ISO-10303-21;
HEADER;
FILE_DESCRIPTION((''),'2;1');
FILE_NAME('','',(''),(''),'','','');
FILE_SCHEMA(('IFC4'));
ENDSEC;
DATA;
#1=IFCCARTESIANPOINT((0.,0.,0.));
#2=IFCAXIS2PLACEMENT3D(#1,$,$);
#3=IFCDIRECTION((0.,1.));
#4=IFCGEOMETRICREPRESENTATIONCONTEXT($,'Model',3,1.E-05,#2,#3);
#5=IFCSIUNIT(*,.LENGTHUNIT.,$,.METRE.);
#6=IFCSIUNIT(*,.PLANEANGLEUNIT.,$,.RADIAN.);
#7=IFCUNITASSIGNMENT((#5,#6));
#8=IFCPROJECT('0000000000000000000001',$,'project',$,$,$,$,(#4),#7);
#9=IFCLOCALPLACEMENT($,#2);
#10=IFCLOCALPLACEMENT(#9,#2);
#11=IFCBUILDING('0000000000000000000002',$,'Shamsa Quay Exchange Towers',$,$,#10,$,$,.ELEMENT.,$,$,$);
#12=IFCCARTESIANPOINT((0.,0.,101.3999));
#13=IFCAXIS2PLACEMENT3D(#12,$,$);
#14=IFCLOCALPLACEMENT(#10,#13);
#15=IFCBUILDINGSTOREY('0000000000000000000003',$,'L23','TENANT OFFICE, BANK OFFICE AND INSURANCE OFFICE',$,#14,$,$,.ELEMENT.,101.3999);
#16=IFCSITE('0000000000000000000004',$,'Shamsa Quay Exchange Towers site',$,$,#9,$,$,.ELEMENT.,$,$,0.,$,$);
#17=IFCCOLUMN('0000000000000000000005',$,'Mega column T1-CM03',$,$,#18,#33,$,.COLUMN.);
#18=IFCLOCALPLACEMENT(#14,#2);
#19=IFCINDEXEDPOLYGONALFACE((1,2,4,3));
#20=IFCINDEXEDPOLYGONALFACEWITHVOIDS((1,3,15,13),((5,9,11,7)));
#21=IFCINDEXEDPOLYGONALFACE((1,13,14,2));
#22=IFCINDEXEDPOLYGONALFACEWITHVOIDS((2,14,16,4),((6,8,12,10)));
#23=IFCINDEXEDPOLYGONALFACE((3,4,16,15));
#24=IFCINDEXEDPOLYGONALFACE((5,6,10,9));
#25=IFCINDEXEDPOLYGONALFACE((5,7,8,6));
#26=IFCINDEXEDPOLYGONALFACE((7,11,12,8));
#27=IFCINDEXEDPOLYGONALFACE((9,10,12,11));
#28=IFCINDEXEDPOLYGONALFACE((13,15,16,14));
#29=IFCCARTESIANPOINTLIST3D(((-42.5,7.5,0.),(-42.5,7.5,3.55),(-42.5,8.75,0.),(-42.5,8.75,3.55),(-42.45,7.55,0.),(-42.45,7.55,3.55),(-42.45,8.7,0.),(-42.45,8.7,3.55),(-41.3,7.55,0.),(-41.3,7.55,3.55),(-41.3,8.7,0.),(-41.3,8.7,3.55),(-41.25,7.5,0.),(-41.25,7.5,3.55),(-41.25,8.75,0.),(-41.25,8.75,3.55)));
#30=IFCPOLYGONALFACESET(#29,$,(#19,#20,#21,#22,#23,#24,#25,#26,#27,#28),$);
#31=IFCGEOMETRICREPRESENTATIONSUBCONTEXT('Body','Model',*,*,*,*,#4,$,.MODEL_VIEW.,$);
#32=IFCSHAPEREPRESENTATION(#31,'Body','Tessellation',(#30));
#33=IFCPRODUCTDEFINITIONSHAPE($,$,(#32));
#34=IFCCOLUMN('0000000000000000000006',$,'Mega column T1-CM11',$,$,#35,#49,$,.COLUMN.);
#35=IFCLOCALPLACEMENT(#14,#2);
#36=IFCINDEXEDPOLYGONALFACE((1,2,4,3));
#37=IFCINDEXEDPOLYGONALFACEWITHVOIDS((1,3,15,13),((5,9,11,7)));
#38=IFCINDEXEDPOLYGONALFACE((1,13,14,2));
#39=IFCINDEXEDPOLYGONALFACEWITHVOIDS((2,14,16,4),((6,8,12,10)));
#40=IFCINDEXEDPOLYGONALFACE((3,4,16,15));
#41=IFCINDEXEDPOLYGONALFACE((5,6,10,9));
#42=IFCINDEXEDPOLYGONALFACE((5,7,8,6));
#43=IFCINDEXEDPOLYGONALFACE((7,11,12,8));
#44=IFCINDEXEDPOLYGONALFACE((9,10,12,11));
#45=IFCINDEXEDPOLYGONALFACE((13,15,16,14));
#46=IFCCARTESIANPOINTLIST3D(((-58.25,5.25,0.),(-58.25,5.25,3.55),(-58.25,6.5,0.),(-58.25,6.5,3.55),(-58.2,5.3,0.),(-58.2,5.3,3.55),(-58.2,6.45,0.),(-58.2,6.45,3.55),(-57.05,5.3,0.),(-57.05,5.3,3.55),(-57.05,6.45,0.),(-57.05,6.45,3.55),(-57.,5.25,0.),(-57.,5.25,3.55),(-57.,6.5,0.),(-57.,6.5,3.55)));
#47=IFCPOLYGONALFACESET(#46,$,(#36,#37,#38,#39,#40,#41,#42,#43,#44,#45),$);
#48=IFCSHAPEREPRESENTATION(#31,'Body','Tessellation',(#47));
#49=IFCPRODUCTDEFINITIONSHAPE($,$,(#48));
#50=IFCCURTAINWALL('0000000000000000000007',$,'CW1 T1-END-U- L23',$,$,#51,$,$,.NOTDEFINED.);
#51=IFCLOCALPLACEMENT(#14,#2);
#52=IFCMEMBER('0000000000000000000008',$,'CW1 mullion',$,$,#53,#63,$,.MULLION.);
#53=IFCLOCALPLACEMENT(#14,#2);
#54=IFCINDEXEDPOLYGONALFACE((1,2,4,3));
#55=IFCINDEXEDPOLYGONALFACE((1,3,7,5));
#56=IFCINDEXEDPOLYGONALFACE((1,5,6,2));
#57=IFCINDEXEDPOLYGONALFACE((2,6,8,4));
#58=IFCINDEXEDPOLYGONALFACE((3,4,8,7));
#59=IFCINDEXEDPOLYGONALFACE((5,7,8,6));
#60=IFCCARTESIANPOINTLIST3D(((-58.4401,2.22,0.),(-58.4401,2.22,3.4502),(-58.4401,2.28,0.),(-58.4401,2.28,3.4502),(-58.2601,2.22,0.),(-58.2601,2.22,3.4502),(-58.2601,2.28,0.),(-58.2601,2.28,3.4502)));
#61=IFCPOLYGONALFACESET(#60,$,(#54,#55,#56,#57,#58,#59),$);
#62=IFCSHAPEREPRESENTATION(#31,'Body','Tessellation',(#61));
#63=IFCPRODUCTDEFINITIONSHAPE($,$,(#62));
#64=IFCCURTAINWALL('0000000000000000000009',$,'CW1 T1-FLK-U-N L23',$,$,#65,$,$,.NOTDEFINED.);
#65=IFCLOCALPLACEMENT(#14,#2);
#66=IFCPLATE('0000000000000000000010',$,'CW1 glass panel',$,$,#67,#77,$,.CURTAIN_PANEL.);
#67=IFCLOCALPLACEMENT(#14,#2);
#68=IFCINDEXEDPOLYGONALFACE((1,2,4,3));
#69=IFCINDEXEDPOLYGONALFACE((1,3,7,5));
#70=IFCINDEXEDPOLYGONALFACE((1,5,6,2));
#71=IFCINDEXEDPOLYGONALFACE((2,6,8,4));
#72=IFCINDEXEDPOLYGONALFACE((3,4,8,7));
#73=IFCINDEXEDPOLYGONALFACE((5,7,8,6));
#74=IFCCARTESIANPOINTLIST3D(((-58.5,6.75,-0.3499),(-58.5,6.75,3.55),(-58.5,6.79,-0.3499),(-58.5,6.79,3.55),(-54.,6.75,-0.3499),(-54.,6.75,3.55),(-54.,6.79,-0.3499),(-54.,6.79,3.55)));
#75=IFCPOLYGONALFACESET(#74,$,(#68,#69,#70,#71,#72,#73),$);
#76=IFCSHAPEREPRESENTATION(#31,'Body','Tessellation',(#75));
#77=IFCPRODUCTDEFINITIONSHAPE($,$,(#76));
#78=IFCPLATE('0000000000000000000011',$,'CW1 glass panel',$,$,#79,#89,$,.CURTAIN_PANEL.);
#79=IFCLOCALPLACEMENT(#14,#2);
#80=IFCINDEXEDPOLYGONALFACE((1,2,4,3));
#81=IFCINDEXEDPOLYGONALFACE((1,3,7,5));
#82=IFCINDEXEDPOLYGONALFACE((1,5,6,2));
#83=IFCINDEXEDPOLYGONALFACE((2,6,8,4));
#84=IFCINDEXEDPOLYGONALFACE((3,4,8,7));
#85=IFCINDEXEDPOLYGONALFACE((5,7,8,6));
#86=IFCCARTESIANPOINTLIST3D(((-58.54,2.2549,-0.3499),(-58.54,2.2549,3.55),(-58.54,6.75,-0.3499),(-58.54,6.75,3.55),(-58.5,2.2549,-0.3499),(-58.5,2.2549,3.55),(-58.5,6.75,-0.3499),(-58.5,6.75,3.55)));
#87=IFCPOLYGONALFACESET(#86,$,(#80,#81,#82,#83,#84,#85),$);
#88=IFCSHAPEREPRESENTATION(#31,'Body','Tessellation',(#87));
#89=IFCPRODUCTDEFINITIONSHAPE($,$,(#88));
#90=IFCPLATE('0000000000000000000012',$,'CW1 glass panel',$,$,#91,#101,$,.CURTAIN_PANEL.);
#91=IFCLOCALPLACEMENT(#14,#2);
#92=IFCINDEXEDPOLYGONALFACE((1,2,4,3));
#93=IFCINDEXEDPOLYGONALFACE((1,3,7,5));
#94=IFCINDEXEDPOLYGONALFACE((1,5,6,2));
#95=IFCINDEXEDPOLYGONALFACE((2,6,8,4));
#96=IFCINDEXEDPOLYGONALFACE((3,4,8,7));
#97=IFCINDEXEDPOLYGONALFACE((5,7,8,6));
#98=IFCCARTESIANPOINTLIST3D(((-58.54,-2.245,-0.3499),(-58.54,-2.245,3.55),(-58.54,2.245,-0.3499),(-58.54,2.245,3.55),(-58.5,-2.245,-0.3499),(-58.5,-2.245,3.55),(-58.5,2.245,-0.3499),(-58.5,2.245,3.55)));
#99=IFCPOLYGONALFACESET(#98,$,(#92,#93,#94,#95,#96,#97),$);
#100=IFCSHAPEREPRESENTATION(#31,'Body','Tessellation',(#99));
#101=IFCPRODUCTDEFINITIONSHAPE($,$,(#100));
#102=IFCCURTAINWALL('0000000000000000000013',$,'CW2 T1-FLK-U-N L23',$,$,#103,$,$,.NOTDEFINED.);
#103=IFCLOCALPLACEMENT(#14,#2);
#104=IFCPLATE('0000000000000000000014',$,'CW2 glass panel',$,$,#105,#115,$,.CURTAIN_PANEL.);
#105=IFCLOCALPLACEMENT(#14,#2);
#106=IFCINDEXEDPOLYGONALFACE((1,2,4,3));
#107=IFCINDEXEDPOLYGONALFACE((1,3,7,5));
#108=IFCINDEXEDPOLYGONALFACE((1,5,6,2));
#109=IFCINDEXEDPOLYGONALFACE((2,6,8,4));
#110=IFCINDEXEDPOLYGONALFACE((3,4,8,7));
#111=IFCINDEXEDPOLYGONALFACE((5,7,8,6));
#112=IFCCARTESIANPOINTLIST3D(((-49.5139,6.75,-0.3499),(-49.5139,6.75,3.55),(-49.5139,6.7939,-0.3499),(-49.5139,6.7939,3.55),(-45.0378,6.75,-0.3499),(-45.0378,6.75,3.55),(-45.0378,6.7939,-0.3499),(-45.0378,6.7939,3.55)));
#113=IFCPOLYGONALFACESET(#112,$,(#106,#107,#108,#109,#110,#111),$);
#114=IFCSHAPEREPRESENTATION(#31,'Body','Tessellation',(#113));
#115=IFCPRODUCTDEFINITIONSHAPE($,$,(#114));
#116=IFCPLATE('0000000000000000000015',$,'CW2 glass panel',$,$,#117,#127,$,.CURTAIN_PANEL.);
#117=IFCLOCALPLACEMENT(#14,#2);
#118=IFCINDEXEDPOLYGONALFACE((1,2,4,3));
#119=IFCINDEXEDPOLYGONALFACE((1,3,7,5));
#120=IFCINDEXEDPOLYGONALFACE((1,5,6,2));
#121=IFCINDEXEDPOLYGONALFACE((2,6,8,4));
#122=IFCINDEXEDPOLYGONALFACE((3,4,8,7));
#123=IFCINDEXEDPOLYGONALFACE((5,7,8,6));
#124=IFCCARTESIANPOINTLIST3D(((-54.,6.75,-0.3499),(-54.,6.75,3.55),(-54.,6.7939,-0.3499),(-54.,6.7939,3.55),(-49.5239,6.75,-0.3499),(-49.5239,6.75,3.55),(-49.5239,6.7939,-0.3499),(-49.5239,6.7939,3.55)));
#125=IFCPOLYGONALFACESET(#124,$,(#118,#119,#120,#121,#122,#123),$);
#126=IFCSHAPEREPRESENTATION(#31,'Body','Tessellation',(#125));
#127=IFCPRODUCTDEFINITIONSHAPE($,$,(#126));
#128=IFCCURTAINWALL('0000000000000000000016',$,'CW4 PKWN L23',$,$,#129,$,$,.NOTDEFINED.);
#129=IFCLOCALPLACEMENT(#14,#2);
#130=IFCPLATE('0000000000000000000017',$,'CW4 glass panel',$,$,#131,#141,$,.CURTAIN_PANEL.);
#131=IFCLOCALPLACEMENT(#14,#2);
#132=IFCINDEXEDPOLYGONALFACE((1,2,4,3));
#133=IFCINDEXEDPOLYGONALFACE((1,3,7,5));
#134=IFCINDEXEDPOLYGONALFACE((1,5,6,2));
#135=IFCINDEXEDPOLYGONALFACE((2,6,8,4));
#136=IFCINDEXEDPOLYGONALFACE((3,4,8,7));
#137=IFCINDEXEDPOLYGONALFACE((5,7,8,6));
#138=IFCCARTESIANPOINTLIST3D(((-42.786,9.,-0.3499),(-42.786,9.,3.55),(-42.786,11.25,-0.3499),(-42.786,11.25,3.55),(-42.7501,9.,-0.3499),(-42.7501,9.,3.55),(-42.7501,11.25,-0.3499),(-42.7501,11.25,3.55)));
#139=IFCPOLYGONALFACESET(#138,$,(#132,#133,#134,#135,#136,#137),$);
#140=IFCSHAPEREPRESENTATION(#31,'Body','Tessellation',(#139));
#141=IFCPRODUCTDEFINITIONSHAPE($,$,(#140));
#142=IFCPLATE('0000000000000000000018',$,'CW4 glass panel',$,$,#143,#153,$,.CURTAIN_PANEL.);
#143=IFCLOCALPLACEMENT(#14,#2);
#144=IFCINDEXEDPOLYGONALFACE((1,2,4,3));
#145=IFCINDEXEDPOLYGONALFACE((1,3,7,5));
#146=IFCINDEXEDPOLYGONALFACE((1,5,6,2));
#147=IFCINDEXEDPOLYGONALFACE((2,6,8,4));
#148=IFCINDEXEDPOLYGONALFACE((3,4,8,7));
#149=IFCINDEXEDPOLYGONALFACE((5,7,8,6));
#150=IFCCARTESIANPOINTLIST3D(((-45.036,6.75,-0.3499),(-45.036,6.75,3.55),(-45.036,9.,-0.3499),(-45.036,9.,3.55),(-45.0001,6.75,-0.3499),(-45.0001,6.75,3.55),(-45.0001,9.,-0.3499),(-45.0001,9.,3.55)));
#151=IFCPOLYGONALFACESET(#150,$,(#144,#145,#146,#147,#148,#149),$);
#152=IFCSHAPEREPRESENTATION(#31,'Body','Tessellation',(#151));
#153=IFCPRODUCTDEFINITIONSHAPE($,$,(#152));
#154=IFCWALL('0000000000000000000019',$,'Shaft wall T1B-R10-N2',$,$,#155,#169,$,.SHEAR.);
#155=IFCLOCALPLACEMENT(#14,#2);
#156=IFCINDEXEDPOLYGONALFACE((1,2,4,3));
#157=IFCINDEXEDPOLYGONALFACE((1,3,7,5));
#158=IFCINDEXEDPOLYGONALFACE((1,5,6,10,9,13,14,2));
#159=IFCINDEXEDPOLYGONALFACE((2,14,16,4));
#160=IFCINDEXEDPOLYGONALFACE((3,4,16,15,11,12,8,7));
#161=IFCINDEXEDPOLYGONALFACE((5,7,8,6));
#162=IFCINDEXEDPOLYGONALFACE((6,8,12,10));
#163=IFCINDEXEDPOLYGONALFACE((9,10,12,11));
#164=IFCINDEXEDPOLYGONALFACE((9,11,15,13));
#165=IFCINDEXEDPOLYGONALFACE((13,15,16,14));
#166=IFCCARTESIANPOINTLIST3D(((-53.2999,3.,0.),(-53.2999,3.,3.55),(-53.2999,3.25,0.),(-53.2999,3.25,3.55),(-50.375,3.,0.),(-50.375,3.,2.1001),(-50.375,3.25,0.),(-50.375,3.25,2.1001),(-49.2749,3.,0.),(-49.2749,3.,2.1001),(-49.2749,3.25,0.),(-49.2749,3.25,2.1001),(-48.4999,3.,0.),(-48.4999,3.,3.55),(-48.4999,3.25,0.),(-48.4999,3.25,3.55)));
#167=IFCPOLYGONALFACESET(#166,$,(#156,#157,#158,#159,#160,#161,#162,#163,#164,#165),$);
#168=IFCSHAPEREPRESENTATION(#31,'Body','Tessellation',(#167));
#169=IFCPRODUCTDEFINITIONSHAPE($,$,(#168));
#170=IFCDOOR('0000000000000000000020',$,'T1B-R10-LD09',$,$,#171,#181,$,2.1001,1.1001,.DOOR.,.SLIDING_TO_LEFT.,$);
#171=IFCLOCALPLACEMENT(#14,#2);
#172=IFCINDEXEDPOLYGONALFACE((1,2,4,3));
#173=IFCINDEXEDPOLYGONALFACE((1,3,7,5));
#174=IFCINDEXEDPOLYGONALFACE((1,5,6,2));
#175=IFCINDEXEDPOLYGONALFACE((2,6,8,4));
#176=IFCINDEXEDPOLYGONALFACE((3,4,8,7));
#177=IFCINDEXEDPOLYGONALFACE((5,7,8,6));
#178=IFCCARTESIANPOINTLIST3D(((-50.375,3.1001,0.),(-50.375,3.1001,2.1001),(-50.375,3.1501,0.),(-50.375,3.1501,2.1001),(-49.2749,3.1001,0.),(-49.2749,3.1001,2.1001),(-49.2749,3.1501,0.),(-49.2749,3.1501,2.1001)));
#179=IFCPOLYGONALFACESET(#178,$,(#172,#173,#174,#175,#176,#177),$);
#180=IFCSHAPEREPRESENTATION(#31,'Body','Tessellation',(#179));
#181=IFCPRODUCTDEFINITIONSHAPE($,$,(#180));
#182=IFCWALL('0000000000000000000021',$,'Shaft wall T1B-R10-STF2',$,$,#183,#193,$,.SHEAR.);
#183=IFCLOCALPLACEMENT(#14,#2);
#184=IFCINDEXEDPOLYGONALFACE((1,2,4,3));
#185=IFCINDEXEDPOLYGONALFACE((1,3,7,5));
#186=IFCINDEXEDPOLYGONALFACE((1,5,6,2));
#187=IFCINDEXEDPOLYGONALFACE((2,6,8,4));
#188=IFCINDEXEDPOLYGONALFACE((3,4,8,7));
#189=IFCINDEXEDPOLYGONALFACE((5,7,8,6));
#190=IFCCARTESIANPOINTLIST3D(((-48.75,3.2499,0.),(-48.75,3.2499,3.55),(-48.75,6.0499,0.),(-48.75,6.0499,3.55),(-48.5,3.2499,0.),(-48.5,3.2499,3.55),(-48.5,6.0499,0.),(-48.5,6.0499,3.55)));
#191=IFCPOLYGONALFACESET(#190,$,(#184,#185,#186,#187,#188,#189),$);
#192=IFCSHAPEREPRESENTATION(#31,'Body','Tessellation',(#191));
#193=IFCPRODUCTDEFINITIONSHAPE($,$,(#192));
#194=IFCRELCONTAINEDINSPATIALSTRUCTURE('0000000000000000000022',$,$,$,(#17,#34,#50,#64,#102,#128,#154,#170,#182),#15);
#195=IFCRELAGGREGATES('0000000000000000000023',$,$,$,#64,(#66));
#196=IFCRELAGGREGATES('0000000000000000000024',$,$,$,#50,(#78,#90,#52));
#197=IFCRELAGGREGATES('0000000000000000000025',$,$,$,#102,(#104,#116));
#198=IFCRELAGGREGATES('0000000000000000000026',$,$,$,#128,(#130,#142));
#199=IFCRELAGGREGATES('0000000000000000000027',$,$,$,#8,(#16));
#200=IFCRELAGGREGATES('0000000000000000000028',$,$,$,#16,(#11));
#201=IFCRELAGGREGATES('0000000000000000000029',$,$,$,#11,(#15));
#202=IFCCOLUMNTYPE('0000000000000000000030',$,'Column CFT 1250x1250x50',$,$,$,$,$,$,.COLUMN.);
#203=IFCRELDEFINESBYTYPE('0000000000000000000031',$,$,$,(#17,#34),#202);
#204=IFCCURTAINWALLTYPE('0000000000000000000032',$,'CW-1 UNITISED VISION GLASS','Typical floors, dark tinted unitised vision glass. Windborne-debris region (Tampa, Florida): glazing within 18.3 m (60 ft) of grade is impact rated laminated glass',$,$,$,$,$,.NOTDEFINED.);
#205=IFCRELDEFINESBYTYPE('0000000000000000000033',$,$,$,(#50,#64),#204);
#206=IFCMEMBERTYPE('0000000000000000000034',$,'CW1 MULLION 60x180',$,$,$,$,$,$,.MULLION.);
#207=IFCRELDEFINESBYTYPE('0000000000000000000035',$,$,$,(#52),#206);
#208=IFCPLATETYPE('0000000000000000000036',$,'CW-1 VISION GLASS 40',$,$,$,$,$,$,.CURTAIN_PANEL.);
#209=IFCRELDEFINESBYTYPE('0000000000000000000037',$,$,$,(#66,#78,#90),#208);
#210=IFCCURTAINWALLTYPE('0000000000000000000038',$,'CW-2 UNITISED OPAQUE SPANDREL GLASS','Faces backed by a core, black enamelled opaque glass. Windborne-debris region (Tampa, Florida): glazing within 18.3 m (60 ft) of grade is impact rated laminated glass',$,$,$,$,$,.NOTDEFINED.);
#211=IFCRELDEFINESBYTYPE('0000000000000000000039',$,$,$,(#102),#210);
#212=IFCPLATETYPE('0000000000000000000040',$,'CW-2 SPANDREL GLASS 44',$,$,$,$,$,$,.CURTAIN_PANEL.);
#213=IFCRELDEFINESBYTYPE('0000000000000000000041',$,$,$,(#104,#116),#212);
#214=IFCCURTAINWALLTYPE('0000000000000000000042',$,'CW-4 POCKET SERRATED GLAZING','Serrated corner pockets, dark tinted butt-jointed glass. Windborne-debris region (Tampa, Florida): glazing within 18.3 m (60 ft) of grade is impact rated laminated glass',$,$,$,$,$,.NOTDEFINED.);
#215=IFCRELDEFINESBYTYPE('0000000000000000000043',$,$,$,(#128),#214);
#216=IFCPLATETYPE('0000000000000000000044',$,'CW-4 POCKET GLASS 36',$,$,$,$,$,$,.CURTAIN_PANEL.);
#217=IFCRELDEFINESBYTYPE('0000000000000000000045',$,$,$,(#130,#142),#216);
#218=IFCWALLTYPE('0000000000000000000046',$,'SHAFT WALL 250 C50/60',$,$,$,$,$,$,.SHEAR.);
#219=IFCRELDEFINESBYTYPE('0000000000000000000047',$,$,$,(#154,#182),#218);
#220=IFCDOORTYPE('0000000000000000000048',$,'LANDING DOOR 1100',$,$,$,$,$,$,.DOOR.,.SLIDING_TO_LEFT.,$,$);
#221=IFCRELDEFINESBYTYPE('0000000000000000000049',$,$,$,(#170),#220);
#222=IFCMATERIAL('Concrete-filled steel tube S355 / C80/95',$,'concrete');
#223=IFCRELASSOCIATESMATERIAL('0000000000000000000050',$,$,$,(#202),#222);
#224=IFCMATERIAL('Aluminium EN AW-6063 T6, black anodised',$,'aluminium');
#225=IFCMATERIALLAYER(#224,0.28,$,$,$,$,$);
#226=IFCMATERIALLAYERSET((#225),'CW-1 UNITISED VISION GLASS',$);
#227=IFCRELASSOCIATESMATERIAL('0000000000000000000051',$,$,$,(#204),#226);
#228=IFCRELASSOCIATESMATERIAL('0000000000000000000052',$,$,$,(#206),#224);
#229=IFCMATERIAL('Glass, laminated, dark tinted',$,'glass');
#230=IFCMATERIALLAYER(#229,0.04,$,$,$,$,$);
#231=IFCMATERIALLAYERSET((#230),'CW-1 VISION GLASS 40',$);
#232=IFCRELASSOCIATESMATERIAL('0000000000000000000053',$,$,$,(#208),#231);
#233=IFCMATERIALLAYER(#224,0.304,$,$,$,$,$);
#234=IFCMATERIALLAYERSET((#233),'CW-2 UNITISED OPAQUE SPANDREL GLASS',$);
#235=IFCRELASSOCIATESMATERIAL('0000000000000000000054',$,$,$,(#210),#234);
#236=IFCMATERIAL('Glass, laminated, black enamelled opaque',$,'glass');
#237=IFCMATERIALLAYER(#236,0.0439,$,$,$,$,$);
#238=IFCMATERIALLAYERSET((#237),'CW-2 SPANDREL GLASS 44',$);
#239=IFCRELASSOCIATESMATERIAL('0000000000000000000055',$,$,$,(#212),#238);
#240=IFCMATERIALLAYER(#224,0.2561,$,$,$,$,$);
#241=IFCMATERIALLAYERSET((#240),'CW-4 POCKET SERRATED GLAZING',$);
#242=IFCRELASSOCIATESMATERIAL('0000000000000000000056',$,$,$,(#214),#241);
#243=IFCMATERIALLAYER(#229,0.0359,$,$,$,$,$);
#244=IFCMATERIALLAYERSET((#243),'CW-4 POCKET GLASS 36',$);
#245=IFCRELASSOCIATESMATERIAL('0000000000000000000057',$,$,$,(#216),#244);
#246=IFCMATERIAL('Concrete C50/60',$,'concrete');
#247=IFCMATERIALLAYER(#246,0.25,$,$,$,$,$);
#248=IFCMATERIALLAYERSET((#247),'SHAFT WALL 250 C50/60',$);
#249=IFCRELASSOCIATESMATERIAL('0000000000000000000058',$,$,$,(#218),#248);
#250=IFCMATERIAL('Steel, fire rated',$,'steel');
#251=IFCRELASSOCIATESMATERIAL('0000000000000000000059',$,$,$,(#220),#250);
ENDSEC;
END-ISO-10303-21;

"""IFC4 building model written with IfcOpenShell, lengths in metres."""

from ifc_helpers import new_model, si_unit, direction, frame, frame_2d, origin, origin_2d, place, context, subcontext, project, spatial, rectangle, hollow_rectangle, extrude, material, layer, layer_set, material_profile, profile_set, type_object, element, fill, aggregate, save


model = new_model("IFC4")

# Units and contexts
model_context = context("Model", 3, precision=1e-05, world=origin(), true_north=direction((0.0, 1.0)))
body_context = subcontext(model_context, "Body", "Model", "MODEL_VIEW")
ifc_project = project(units=[si_unit("LENGTHUNIT", "METRE"), si_unit("PLANEANGLEUNIT", "RADIAN")], contexts=[model_context])

# Site, building, storey
site_placement = place(None, origin())
site = spatial("IfcSite", under=ifc_project, at=site_placement, Name="Shamsa Quay Exchange Towers site", CompositionType="ELEMENT", RefElevation=0.0)
building_placement = place(site_placement, origin())
building = spatial("IfcBuilding", under=site, at=building_placement, Name="Shamsa Quay Exchange Towers", CompositionType="ELEMENT")
storey_placement = place(building_placement, frame((0.0, 0.0, 101.3999)))
storey = spatial("IfcBuildingStorey", under=building, at=storey_placement, Name="L23", Description="TENANT OFFICE, BANK OFFICE AND INSURANCE OFFICE", CompositionType="ELEMENT", Elevation=101.3999)

# Columns
ifc_material_1 = material(Name="Concrete-filled steel tube S355 / C80/95", Category="concrete")
ifc_material_profile_1 = material_profile(ifc_material_1, hollow_rectangle(XDim=1.25, YDim=1.25, WallThickness=0.05, at=origin_2d()), Name="CFT 1250x1250x50")
ifc_profile_set_1 = profile_set([ifc_material_profile_1], Name="Concrete-filled steel tube S355 / C80/95")
column_type = type_object("IfcColumnType", Name="Column CFT 1250x1250x50", PredefinedType="COLUMN", material=ifc_profile_set_1)
for number, where, name in (
    (1, (-41.875, 8.125, 0.0), "Mega column T1-CM03"),
    (2, (-57.625, 5.875, 0.0), "Mega column T1-CM11"),
):
    element("IfcColumn", number, at=place(storey_placement, frame(where)), inside=storey, type_object=column_type, Name=name, PredefinedType="COLUMN", context=body_context, shape_type="SweptSolid", body=[
        extrude(hollow_rectangle(XDim=1.25, YDim=1.25, WallThickness=0.05, at=origin_2d()), origin(), (0.0, 0.0, 1.0), 3.55),
    ])

# Curtain wall, member
ifc_material_2 = material(Name="Aluminium EN AW-6063 T6, black anodised", Category="aluminium")
ifc_layer_1 = layer(ifc_material_2, 0.28)
ifc_layer_set_1 = layer_set([ifc_layer_1], Name="CW-1 UNITISED VISION GLASS")
curtain_wall_type_1 = type_object("IfcCurtainWallType", Name="CW-1 UNITISED VISION GLASS", Description="Typical floors, dark tinted unitised vision glass. Windborne-debris region (Tampa, Florida): glazing within 18.3 m (60 ft) of grade is impact rated laminated glass", PredefinedType="NOTDEFINED", material=ifc_layer_set_1)
curtain_wall_1_placement = place(storey_placement, origin())
curtain_wall_1 = element("IfcCurtainWall", 3, at=curtain_wall_1_placement, inside=storey, type_object=curtain_wall_type_1, Name="CW1 T1-END-U- L23", PredefinedType="NOTDEFINED")
ifc_material_profile_2 = material_profile(ifc_material_2, rectangle(XDim=0.1799, YDim=0.0601, at=origin_2d()), Name="MU60x180")
ifc_profile_set_2 = profile_set([ifc_material_profile_2], Name="Aluminium EN AW-6063 T6, black anodised")
member_type = type_object("IfcMemberType", Name="CW1 MULLION 60x180", PredefinedType="MULLION", material=ifc_profile_set_2)
member_placement = place(storey_placement, frame((-58.3501, 2.25, 0.0)))
member = element("IfcMember", 4, at=member_placement, type_object=member_type, Name="CW1 mullion", PredefinedType="MULLION", context=body_context, shape_type="SweptSolid", body=[
    extrude(rectangle(XDim=0.1799, YDim=0.0601, at=origin_2d()), origin(), (0.0, 0.0, 1.0), 3.4502),
])

# Curtain wall, plate
curtain_wall_2_placement = place(storey_placement, origin())
curtain_wall_2 = element("IfcCurtainWall", 5, at=curtain_wall_2_placement, inside=storey, type_object=curtain_wall_type_1, Name="CW1 T1-FLK-U-N L23", PredefinedType="NOTDEFINED")
ifc_material_3 = material(Name="Glass, laminated, dark tinted", Category="glass")
ifc_layer_2 = layer(ifc_material_3, 0.04)
ifc_layer_set_2 = layer_set([ifc_layer_2], Name="CW-1 VISION GLASS 40")
plate_type_1 = type_object("IfcPlateType", Name="CW-1 VISION GLASS 40", PredefinedType="CURTAIN_PANEL", material=ifc_layer_set_2)
plate_1_placement = place(storey_placement, frame((-56.25, 6.77, -0.3499), z_axis=(0.0, 0.0, 1.0), x_axis=(-1.0, 0.0, 0.0)))
plate_1 = element("IfcPlate", 6, at=plate_1_placement, type_object=plate_type_1, Name="CW1 glass panel", PredefinedType="CURTAIN_PANEL", context=body_context, shape_type="SweptSolid", body=[
    extrude(rectangle(XDim=4.5, YDim=0.04, at=origin_2d()), origin(), (0.0, 0.0, 1.0), 3.8999),
])
aggregate(curtain_wall_2, [plate_1])

# Plates
plate_2_placement = place(storey_placement, frame((-58.52, 4.5024, -0.3499), z_axis=(0.0, 0.0, 1.0), x_axis=(0.0, -1.0, 0.0)))
plate_2 = element("IfcPlate", 7, at=plate_2_placement, type_object=plate_type_1, Name="CW1 glass panel", PredefinedType="CURTAIN_PANEL", context=body_context, shape_type="SweptSolid", body=[
    extrude(rectangle(XDim=4.4951, YDim=0.04, at=origin_2d()), origin(), (0.0, 0.0, 1.0), 3.8999),
])
plate_3_placement = place(storey_placement, frame((-58.52, 0.0, -0.3499), z_axis=(0.0, 0.0, 1.0), x_axis=(0.0, -1.0, 0.0)))
plate_3 = element("IfcPlate", 8, at=plate_3_placement, type_object=plate_type_1, Name="CW1 glass panel", PredefinedType="CURTAIN_PANEL", context=body_context, shape_type="SweptSolid", body=[
    extrude(rectangle(XDim=4.49, YDim=0.04, at=origin_2d()), origin(), (0.0, 0.0, 1.0), 3.8999),
])
aggregate(curtain_wall_1, [plate_2, plate_3, member])

# Curtain walls, plates
ifc_layer_3 = layer(ifc_material_2, 0.304)
ifc_layer_set_3 = layer_set([ifc_layer_3], Name="CW-2 UNITISED OPAQUE SPANDREL GLASS")
curtain_wall_type_2 = type_object("IfcCurtainWallType", Name="CW-2 UNITISED OPAQUE SPANDREL GLASS", Description="Faces backed by a core, black enamelled opaque glass. Windborne-debris region (Tampa, Florida): glazing within 18.3 m (60 ft) of grade is impact rated laminated glass", PredefinedType="NOTDEFINED", material=ifc_layer_set_3)
curtain_wall_3_placement = place(storey_placement, origin())
curtain_wall_3 = element("IfcCurtainWall", 9, at=curtain_wall_3_placement, inside=storey, type_object=curtain_wall_type_2, Name="CW2 T1-FLK-U-N L23", PredefinedType="NOTDEFINED")
ifc_material_4 = material(Name="Glass, laminated, black enamelled opaque", Category="glass")
ifc_layer_4 = layer(ifc_material_4, 0.0439)
ifc_layer_set_4 = layer_set([ifc_layer_4], Name="CW-2 SPANDREL GLASS 44")
plate_type_2 = type_object("IfcPlateType", Name="CW-2 SPANDREL GLASS 44", PredefinedType="CURTAIN_PANEL", material=ifc_layer_set_4)
plate_4_placement = place(storey_placement, frame((-47.2759, 6.772, -0.3499), z_axis=(0.0, 0.0, 1.0), x_axis=(-1.0, 0.0, 0.0)))
plate_4 = element("IfcPlate", 10, at=plate_4_placement, type_object=plate_type_2, Name="CW2 glass panel", PredefinedType="CURTAIN_PANEL", context=body_context, shape_type="SweptSolid", body=[
    extrude(rectangle(XDim=4.4761, YDim=0.0439, at=origin_2d()), origin(), (0.0, 0.0, 1.0), 3.8999),
])
plate_5_placement = place(storey_placement, frame((-51.762, 6.772, -0.3499), z_axis=(0.0, 0.0, 1.0), x_axis=(-1.0, 0.0, 0.0)))
plate_5 = element("IfcPlate", 11, at=plate_5_placement, type_object=plate_type_2, Name="CW2 glass panel", PredefinedType="CURTAIN_PANEL", context=body_context, shape_type="SweptSolid", body=[
    extrude(rectangle(XDim=4.4761, YDim=0.0439, at=origin_2d()), origin(), (0.0, 0.0, 1.0), 3.8999),
])
aggregate(curtain_wall_3, [plate_4, plate_5])
ifc_layer_5 = layer(ifc_material_2, 0.2561)
ifc_layer_set_5 = layer_set([ifc_layer_5], Name="CW-4 POCKET SERRATED GLAZING")
curtain_wall_type_3 = type_object("IfcCurtainWallType", Name="CW-4 POCKET SERRATED GLAZING", Description="Serrated corner pockets, dark tinted butt-jointed glass. Windborne-debris region (Tampa, Florida): glazing within 18.3 m (60 ft) of grade is impact rated laminated glass", PredefinedType="NOTDEFINED", material=ifc_layer_set_5)
curtain_wall_4_placement = place(storey_placement, origin())
curtain_wall_4 = element("IfcCurtainWall", 12, at=curtain_wall_4_placement, inside=storey, type_object=curtain_wall_type_3, Name="CW4 PKWN L23", PredefinedType="NOTDEFINED")
ifc_layer_6 = layer(ifc_material_3, 0.0359)
ifc_layer_set_6 = layer_set([ifc_layer_6], Name="CW-4 POCKET GLASS 36")
plate_type_3 = type_object("IfcPlateType", Name="CW-4 POCKET GLASS 36", PredefinedType="CURTAIN_PANEL", material=ifc_layer_set_6)
plate_6_placement = place(storey_placement, frame((-42.7681, 10.125, -0.3499), z_axis=(0.0, 0.0, 1.0), x_axis=(0.0, -1.0, 0.0)))
plate_6 = element("IfcPlate", 13, at=plate_6_placement, type_object=plate_type_3, Name="CW4 glass panel", PredefinedType="CURTAIN_PANEL", context=body_context, shape_type="SweptSolid", body=[
    extrude(rectangle(XDim=2.25, YDim=0.0359, at=origin_2d()), origin(), (0.0, 0.0, 1.0), 3.8999),
])
plate_7_placement = place(storey_placement, frame((-45.0181, 7.875, -0.3499), z_axis=(0.0, 0.0, 1.0), x_axis=(0.0, -1.0, 0.0)))
plate_7 = element("IfcPlate", 14, at=plate_7_placement, type_object=plate_type_3, Name="CW4 glass panel", PredefinedType="CURTAIN_PANEL", context=body_context, shape_type="SweptSolid", body=[
    extrude(rectangle(XDim=2.25, YDim=0.0359, at=origin_2d()), origin(), (0.0, 0.0, 1.0), 3.8999),
])
aggregate(curtain_wall_4, [plate_6, plate_7])

# Wall, opening, door
ifc_material_5 = material(Name="Concrete C50/60", Category="concrete")
ifc_layer_7 = layer(ifc_material_5, 0.25)
ifc_layer_set_7 = layer_set([ifc_layer_7], Name="SHAFT WALL 250 C50/60")
wall_type_1 = type_object("IfcWallType", Name="SHAFT WALL 250 C50/60", PredefinedType="SHEAR", material=ifc_layer_set_7)
wall_1_placement = place(storey_placement, frame((-48.5, 3.125, 0.0), z_axis=(0.0, 0.0, 1.0), x_axis=(-1.0, 0.0, 0.0)))
wall_1 = element("IfcWall", 15, at=wall_1_placement, inside=storey, type_object=wall_type_1, Name="Shaft wall T1B-R10-N2", PredefinedType="SHEAR", context=body_context, shape_type="SweptSolid", body=[
    extrude(rectangle(XDim=4.8, YDim=0.25, at=frame_2d((2.3999, 0.0))), origin(), (0.0, 0.0, 1.0), 3.55),
])
opening_1_placement = place(wall_1_placement, frame((0.7749, 0.0, 0.0)))
opening_1 = element("IfcOpeningElement", 16, at=opening_1_placement, cuts=wall_1, PredefinedType="OPENING", context=body_context, shape_type="SweptSolid", body=[
    extrude(rectangle(XDim=1.1001, YDim=2.1001, at=frame_2d((0.55, 1.05))), frame((0.0, 0.135, 0.0), z_axis=(0.0, -1.0, 0.0), x_axis=(1.0, 0.0, 0.0)), (0.0, 0.0, 1.0), 0.27),
])
ifc_material_6 = material(Name="Steel, fire rated", Category="steel")
door_type_1 = type_object("IfcDoorType", Name="LANDING DOOR 1100", OperationType="SLIDING_TO_LEFT", PredefinedType="DOOR", material=ifc_material_6)
door_1_placement = place(opening_1_placement, origin())
door_1 = element("IfcDoor", 17, at=door_1_placement, inside=storey, type_object=door_type_1, Name="T1B-R10-LD09", OperationType="SLIDING_TO_LEFT", OverallHeight=2.1001, OverallWidth=1.1001, PredefinedType="DOOR", context=body_context, shape_type="SweptSolid", body=[
    extrude(rectangle(XDim=1.1001, YDim=2.1001, at=frame_2d((0.55, 1.05))), frame((0.0, 0.0249, 0.0), z_axis=(0.0, -1.0, 0.0), x_axis=(1.0, 0.0, 0.0)), (0.0, 0.0, 1.0), 0.05),
])
fill(opening_1, door_1)

# Wall
for number, where, z_axis, x_axis, name in (
    (18, (-48.625, 3.25, 0.0), (0.0, 0.0, 1.0), (0.0, 1.0, 0.0), "Shaft wall T1B-R10-STF2"),
):
    element("IfcWall", number, at=place(storey_placement, frame(where, z_axis=z_axis, x_axis=x_axis)), inside=storey, type_object=wall_type_1, Name=name, PredefinedType="SHEAR", context=body_context, shape_type="SweptSolid", body=[
        extrude(rectangle(XDim=2.8, YDim=0.25, at=frame_2d((1.3999, 0.0))), origin(), (0.0, 0.0, 1.0), 3.55),
    ])

save(model, "model.ifc")
